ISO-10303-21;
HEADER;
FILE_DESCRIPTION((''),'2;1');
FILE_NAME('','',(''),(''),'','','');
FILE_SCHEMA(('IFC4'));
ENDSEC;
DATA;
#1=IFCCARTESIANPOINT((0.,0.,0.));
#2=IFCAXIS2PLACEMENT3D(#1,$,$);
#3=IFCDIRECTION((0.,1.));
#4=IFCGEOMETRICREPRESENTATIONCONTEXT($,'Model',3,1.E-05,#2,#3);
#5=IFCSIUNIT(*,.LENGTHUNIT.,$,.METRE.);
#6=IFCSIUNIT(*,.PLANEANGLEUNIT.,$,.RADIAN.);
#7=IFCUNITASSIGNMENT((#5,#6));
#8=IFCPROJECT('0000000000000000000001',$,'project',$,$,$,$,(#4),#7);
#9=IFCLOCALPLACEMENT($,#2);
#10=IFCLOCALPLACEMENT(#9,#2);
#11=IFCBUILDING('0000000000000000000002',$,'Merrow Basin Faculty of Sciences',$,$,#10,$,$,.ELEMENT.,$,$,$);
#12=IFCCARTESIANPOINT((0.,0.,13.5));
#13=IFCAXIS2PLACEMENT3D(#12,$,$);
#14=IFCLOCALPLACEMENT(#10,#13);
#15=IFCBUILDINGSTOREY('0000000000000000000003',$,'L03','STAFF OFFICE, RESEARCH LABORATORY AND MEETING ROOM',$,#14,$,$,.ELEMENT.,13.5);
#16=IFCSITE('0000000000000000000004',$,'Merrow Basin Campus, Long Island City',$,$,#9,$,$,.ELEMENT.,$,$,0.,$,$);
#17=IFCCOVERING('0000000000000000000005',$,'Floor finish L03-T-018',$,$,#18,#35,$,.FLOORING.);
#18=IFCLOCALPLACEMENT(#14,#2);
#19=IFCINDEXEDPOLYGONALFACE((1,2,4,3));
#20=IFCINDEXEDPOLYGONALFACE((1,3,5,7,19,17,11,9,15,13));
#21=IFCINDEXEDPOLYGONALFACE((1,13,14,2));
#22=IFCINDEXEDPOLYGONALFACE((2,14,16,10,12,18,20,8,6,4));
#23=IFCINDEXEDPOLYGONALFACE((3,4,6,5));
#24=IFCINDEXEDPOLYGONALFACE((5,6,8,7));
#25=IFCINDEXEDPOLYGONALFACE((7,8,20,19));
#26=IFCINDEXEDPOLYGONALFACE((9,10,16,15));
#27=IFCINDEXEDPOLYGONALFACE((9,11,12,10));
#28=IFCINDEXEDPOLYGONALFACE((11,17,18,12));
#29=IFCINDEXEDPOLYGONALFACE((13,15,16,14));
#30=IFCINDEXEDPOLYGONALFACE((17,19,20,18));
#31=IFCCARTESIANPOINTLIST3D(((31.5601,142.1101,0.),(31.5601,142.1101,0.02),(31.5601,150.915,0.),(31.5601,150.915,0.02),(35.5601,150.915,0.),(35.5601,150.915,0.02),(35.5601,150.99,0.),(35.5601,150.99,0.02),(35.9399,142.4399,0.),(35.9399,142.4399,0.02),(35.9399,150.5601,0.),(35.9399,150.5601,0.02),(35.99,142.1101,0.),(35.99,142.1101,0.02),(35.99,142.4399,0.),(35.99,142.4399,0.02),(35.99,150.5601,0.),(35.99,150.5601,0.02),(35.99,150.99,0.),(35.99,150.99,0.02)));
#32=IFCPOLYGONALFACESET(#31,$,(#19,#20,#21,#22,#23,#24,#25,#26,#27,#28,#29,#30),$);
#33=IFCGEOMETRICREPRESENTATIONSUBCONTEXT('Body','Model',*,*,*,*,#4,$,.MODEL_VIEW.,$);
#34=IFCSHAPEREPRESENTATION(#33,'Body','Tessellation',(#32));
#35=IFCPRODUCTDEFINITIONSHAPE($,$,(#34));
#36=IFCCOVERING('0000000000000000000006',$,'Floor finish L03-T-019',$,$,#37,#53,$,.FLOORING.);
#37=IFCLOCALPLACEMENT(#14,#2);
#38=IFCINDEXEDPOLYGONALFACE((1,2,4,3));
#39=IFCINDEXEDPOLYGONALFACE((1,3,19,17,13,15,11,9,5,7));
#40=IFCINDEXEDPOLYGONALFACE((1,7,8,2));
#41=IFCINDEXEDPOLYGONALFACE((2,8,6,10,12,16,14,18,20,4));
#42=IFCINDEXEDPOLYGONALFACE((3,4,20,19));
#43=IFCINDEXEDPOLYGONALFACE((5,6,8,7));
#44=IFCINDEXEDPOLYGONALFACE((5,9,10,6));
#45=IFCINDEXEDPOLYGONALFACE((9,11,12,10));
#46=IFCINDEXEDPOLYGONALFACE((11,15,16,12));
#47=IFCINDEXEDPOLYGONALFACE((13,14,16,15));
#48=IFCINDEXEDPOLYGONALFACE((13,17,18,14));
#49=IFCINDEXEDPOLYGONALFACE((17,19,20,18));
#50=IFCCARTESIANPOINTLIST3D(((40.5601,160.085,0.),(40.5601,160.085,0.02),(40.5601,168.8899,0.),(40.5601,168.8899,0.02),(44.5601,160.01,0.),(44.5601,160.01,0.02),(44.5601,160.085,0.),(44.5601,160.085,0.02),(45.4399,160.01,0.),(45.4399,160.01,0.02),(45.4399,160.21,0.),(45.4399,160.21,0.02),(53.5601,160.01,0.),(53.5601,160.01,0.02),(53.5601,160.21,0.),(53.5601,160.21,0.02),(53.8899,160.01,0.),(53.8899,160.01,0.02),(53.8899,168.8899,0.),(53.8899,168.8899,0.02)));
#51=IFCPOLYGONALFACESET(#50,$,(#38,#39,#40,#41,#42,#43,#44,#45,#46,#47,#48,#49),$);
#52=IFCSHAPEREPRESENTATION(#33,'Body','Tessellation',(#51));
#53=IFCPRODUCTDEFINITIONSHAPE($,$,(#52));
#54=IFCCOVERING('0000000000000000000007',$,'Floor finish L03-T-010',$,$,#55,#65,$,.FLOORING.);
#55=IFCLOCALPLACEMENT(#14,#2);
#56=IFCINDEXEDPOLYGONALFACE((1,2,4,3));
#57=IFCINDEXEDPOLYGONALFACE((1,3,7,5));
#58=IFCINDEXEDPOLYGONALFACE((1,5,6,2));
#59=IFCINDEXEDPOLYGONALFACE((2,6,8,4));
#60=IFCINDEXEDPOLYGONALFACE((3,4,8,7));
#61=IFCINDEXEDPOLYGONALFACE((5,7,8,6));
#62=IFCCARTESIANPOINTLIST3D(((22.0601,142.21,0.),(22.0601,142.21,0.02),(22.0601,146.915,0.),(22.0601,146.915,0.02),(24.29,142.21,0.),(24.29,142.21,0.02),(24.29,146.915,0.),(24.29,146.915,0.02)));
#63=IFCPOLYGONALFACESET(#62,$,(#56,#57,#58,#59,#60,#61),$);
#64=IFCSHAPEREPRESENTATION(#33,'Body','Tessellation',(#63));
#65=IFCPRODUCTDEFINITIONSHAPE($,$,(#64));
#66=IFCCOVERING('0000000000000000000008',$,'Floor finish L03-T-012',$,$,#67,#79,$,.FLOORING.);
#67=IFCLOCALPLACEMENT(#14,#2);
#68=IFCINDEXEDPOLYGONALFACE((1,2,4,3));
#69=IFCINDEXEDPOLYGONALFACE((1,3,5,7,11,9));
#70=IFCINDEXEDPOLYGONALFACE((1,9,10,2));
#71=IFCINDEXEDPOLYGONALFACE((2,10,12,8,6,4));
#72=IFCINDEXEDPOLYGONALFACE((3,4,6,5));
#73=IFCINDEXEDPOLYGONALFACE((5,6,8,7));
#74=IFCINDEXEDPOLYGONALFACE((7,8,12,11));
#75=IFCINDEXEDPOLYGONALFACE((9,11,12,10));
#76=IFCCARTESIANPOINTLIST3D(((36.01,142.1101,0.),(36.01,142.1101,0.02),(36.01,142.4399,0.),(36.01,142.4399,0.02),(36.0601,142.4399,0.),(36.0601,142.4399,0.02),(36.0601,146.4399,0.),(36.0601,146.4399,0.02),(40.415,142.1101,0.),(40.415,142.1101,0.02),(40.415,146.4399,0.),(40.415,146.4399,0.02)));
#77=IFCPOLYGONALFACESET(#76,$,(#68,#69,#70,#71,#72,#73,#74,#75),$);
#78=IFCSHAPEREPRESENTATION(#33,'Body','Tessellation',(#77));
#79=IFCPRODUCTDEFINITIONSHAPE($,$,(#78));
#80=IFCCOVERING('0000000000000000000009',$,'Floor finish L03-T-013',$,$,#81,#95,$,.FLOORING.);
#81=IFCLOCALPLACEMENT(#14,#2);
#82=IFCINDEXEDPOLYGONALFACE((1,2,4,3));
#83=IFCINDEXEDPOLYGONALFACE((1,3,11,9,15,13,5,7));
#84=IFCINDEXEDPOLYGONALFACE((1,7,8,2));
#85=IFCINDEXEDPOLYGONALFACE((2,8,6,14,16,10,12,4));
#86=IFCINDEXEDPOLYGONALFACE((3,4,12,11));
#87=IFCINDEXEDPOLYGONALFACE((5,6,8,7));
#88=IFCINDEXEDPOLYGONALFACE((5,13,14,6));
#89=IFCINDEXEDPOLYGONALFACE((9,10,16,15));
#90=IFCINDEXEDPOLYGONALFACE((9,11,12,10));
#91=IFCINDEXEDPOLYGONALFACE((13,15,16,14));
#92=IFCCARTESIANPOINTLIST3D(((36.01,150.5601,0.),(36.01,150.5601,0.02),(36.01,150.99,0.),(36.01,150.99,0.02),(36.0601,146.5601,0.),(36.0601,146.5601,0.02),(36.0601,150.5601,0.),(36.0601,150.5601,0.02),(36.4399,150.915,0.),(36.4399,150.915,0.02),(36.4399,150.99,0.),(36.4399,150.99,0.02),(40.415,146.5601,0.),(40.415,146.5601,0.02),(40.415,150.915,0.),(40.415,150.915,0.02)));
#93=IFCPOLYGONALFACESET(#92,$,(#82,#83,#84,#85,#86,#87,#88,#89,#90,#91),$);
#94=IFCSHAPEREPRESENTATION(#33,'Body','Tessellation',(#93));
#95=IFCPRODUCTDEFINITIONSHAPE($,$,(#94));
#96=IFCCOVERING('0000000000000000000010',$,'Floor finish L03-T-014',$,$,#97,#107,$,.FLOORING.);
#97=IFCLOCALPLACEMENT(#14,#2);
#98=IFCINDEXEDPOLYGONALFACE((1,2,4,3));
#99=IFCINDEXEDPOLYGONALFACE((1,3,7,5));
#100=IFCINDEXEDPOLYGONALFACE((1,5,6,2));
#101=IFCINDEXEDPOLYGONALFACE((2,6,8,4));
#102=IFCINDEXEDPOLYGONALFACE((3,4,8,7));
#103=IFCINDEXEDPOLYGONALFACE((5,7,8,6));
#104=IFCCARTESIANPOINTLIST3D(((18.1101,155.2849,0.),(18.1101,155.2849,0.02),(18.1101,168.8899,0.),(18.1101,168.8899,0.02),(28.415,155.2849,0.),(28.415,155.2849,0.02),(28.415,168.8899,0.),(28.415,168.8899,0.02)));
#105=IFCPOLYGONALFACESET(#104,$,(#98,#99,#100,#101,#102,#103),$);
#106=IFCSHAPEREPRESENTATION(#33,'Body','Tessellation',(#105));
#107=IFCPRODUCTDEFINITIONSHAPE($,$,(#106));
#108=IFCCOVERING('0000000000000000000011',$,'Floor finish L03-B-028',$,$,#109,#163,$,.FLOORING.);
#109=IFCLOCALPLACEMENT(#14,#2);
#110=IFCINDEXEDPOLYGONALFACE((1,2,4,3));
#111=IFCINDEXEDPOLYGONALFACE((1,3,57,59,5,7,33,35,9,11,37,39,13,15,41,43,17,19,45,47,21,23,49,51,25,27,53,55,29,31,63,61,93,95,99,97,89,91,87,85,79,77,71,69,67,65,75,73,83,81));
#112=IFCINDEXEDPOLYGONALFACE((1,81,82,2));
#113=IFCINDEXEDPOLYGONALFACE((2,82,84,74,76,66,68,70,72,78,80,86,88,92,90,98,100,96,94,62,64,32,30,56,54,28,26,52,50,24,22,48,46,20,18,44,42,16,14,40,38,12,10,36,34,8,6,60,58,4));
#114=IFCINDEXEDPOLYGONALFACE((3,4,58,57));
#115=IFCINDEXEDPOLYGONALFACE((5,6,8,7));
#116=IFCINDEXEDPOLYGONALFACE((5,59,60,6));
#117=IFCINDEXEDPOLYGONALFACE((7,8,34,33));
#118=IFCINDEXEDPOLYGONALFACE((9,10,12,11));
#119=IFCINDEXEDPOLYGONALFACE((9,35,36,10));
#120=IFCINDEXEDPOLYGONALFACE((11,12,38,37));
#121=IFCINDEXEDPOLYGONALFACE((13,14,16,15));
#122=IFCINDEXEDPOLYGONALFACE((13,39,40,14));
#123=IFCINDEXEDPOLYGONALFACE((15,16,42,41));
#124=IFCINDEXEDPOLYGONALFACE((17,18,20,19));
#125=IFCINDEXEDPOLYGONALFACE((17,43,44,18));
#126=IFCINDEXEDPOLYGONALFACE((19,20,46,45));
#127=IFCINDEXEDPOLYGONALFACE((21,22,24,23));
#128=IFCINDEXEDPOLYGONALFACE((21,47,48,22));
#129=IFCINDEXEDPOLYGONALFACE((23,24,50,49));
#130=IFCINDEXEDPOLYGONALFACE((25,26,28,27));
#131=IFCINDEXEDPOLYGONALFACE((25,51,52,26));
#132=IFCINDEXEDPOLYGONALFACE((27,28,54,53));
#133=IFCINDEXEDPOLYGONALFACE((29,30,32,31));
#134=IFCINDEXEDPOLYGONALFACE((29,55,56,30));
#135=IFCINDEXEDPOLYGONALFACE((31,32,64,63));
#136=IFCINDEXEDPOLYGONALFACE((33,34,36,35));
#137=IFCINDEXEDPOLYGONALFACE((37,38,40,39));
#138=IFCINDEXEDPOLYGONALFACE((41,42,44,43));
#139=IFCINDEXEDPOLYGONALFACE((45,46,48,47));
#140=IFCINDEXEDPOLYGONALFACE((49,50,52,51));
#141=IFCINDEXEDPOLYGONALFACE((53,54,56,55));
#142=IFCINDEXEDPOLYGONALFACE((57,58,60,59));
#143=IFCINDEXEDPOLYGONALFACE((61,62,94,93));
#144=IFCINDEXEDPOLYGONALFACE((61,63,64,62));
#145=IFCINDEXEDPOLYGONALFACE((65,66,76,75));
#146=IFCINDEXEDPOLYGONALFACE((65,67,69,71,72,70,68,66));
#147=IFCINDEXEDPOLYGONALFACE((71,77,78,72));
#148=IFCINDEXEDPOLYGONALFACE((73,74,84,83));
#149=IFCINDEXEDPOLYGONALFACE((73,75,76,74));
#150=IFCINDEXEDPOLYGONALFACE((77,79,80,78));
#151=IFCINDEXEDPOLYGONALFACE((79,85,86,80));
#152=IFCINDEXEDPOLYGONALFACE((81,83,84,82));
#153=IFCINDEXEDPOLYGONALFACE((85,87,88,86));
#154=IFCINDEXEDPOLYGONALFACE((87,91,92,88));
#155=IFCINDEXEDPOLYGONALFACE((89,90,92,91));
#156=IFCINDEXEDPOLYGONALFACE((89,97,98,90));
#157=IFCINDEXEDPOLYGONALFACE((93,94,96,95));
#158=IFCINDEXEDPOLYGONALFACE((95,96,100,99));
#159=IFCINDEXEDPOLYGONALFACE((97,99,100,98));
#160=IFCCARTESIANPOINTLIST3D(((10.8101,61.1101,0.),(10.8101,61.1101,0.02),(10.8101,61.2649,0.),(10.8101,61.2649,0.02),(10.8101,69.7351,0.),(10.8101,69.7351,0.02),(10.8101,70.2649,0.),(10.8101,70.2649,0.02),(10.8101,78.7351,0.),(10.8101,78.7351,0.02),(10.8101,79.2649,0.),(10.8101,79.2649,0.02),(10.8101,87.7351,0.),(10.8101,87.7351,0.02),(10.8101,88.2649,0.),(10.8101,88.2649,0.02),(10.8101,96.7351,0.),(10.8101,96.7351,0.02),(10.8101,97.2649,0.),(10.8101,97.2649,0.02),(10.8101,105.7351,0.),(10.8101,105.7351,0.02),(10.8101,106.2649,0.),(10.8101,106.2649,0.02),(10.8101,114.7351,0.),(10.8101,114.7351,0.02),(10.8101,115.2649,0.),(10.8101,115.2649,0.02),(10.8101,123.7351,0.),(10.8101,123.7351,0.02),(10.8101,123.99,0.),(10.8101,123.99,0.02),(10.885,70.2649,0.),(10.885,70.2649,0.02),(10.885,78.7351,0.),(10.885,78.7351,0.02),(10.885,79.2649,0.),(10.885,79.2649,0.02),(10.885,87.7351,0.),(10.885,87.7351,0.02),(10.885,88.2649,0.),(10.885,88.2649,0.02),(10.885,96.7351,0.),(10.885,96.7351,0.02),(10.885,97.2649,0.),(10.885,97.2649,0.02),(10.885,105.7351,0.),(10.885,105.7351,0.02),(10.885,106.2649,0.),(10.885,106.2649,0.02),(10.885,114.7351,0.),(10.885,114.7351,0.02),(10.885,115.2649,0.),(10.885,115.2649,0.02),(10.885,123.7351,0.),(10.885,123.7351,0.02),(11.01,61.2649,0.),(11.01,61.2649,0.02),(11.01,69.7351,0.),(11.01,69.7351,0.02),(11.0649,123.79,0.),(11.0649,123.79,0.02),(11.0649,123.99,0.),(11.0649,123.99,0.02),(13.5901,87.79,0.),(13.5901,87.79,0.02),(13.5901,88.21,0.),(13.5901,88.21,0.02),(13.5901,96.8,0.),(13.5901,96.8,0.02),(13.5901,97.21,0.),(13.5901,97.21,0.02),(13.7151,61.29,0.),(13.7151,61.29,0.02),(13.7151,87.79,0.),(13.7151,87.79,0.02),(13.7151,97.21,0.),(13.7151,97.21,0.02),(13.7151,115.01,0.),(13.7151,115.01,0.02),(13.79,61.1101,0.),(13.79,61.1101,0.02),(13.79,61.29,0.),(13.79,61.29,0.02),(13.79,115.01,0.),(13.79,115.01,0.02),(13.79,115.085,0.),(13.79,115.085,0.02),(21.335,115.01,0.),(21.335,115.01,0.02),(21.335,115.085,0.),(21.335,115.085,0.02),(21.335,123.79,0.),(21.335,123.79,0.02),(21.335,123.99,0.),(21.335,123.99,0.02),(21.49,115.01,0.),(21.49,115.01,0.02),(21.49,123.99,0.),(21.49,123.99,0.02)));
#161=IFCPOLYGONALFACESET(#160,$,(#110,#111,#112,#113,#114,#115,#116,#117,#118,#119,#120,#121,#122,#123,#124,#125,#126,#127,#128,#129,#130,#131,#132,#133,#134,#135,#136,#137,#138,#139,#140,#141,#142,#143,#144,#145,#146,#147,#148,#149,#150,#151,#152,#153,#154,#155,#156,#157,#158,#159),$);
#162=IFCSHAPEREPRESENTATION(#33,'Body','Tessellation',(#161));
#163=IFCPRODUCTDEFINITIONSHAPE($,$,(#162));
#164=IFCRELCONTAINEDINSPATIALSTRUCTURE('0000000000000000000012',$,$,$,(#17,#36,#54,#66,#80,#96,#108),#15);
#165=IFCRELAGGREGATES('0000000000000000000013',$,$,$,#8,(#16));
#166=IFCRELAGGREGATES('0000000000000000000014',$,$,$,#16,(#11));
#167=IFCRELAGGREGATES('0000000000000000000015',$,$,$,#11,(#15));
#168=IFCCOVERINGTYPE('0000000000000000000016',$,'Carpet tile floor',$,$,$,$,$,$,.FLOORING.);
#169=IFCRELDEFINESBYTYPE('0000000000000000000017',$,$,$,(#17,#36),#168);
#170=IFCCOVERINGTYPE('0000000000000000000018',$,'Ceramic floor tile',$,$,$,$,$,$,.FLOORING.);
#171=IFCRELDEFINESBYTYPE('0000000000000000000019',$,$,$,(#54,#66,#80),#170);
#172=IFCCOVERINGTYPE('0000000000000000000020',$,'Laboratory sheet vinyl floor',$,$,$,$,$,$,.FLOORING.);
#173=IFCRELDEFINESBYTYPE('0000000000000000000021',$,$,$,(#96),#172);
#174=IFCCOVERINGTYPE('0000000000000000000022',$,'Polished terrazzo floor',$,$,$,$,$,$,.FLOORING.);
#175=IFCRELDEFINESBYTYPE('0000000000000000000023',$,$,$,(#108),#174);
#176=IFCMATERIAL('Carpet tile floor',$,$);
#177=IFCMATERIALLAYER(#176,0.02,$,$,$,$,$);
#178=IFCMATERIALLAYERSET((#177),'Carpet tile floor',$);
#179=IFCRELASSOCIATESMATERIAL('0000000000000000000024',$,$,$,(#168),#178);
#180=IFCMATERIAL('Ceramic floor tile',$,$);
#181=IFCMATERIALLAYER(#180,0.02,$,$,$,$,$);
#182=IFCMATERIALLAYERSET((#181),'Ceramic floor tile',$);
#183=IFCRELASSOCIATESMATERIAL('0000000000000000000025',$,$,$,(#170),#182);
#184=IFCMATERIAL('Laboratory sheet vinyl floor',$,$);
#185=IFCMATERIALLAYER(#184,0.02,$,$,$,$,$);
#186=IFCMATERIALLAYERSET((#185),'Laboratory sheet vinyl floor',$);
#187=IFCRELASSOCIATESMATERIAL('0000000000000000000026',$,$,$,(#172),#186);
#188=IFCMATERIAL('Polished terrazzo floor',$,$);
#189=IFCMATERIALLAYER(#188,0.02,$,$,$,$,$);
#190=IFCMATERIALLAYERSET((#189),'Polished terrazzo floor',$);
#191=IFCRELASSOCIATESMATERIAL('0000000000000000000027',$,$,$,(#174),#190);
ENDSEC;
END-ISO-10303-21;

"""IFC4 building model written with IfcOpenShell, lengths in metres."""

from ifc_helpers import new_model, si_unit, direction, frame, origin, place, context, subcontext, project, spatial, polyline, outline, extrude, material, layer, layer_set, type_object, element, save


model = new_model("IFC4")

# Units and contexts
model_context = context("Model", 3, precision=1e-05, world=origin(), true_north=direction((0.0, 1.0)))
body_context = subcontext(model_context, "Body", "Model", "MODEL_VIEW")
ifc_project = project(units=[si_unit("LENGTHUNIT", "METRE"), si_unit("PLANEANGLEUNIT", "RADIAN")], contexts=[model_context])

# Site, building, storey
site_placement = place(None, origin())
site = spatial("IfcSite", under=ifc_project, at=site_placement, Name="Merrow Basin Campus, Long Island City", CompositionType="ELEMENT", RefElevation=0.0)
building_placement = place(site_placement, origin())
building = spatial("IfcBuilding", under=site, at=building_placement, Name="Merrow Basin Faculty of Sciences", CompositionType="ELEMENT")
storey_placement = place(building_placement, frame((0.0, 0.0, 13.5)))
storey = spatial("IfcBuildingStorey", under=building, at=storey_placement, Name="L03", Description="STAFF OFFICE, RESEARCH LABORATORY AND MEETING ROOM", CompositionType="ELEMENT", Elevation=13.5)

# Coverings
ifc_material_1 = material(Name="Carpet tile floor")
ifc_layer_1 = layer(ifc_material_1, 0.02)
ifc_layer_set_1 = layer_set([ifc_layer_1], Name="Carpet tile floor")
covering_type_1 = type_object("IfcCoveringType", Name="Carpet tile floor", PredefinedType="FLOORING", material=ifc_layer_set_1)
covering_1_placement = place(storey_placement, origin())
element("IfcCovering", 1, at=covering_1_placement, inside=storey, type_object=covering_type_1, Name="Floor finish L03-T-018", PredefinedType="FLOORING", context=body_context, shape_type="SweptSolid", body=[
    extrude(outline(polyline([(35.99, 150.99), (35.99, 150.5601), (35.9399, 150.5601), (35.9399, 142.4399), (35.99, 142.4399), (35.99, 142.1101), (31.5601, 142.1101), (31.5601, 150.915), (35.5601, 150.915), (35.5601, 150.99), (35.99, 150.99)])), origin(), (0.0, 0.0, 1.0), 0.02),
])
covering_2_placement = place(storey_placement, origin())
element("IfcCovering", 2, at=covering_2_placement, inside=storey, type_object=covering_type_1, Name="Floor finish L03-T-019", PredefinedType="FLOORING", context=body_context, shape_type="SweptSolid", body=[
    extrude(outline(polyline([(53.8899, 168.8899), (53.8899, 160.01), (53.5601, 160.01), (53.5601, 160.21), (45.4399, 160.21), (45.4399, 160.01), (44.5601, 160.01), (44.5601, 160.085), (40.5601, 160.085), (40.5601, 168.8899), (53.8899, 168.8899)])), origin(), (0.0, 0.0, 1.0), 0.02),
])
ifc_material_2 = material(Name="Ceramic floor tile")
ifc_layer_2 = layer(ifc_material_2, 0.02)
ifc_layer_set_2 = layer_set([ifc_layer_2], Name="Ceramic floor tile")
covering_type_2 = type_object("IfcCoveringType", Name="Ceramic floor tile", PredefinedType="FLOORING", material=ifc_layer_set_2)
covering_3_placement = place(storey_placement, origin())
element("IfcCovering", 3, at=covering_3_placement, inside=storey, type_object=covering_type_2, Name="Floor finish L03-T-010", PredefinedType="FLOORING", context=body_context, shape_type="SweptSolid", body=[
    extrude(outline(polyline([(24.29, 146.915), (24.29, 142.21), (22.0601, 142.21), (22.0601, 146.915), (24.29, 146.915)])), origin(), (0.0, 0.0, 1.0), 0.02),
])
covering_4_placement = place(storey_placement, origin())
element("IfcCovering", 4, at=covering_4_placement, inside=storey, type_object=covering_type_2, Name="Floor finish L03-T-012", PredefinedType="FLOORING", context=body_context, shape_type="SweptSolid", body=[
    extrude(outline(polyline([(36.01, 142.1101), (36.01, 142.4399), (36.0601, 142.4399), (36.0601, 146.4399), (40.415, 146.4399), (40.415, 142.1101), (36.01, 142.1101)])), origin(), (0.0, 0.0, 1.0), 0.02),
])
covering_5_placement = place(storey_placement, origin())
element("IfcCovering", 5, at=covering_5_placement, inside=storey, type_object=covering_type_2, Name="Floor finish L03-T-013", PredefinedType="FLOORING", context=body_context, shape_type="SweptSolid", body=[
    extrude(outline(polyline([(36.01, 150.99), (36.4399, 150.99), (36.4399, 150.915), (40.415, 150.915), (40.415, 146.5601), (36.0601, 146.5601), (36.0601, 150.5601), (36.01, 150.5601), (36.01, 150.99)])), origin(), (0.0, 0.0, 1.0), 0.02),
])
ifc_material_3 = material(Name="Laboratory sheet vinyl floor")
ifc_layer_3 = layer(ifc_material_3, 0.02)
ifc_layer_set_3 = layer_set([ifc_layer_3], Name="Laboratory sheet vinyl floor")
covering_type_3 = type_object("IfcCoveringType", Name="Laboratory sheet vinyl floor", PredefinedType="FLOORING", material=ifc_layer_set_3)
covering_6_placement = place(storey_placement, origin())
element("IfcCovering", 6, at=covering_6_placement, inside=storey, type_object=covering_type_3, Name="Floor finish L03-T-014", PredefinedType="FLOORING", context=body_context, shape_type="SweptSolid", body=[
    extrude(outline(polyline([(18.1101, 168.8899), (28.415, 168.8899), (28.415, 155.2849), (18.1101, 155.2849), (18.1101, 168.8899)])), origin(), (0.0, 0.0, 1.0), 0.02),
])
ifc_material_4 = material(Name="Polished terrazzo floor")
ifc_layer_4 = layer(ifc_material_4, 0.02)
ifc_layer_set_4 = layer_set([ifc_layer_4], Name="Polished terrazzo floor")
covering_type_4 = type_object("IfcCoveringType", Name="Polished terrazzo floor", PredefinedType="FLOORING", material=ifc_layer_set_4)
covering_7_placement = place(storey_placement, origin())
element("IfcCovering", 7, at=covering_7_placement, inside=storey, type_object=covering_type_4, Name="Floor finish L03-B-028", PredefinedType="FLOORING", context=body_context, shape_type="SweptSolid", body=[
    extrude(outline(polyline([(11.0649, 123.99), (11.0649, 123.79), (21.335, 123.79), (21.335, 123.99), (21.49, 123.99), (21.49, 115.01), (21.335, 115.01), (21.335, 115.085), (13.79, 115.085), (13.79, 115.01), (13.7151, 115.01), (13.7151, 97.21), (13.5901, 97.21), (13.5901, 96.8), (13.5901, 88.21), (13.5901, 87.79), (13.7151, 87.79), (13.7151, 61.29), (13.79, 61.29), (13.79, 61.1101), (10.8101, 61.1101), (10.8101, 61.2649), (11.01, 61.2649), (11.01, 69.7351), (10.8101, 69.7351), (10.8101, 70.2649), (10.885, 70.2649), (10.885, 78.7351), (10.8101, 78.7351), (10.8101, 79.2649), (10.885, 79.2649), (10.885, 87.7351), (10.8101, 87.7351), (10.8101, 88.2649), (10.885, 88.2649), (10.885, 96.7351), (10.8101, 96.7351), (10.8101, 97.2649), (10.885, 97.2649), (10.885, 105.7351), (10.8101, 105.7351), (10.8101, 106.2649), (10.885, 106.2649), (10.885, 114.7351), (10.8101, 114.7351), (10.8101, 115.2649), (10.885, 115.2649), (10.885, 123.7351), (10.8101, 123.7351), (10.8101, 123.99), (11.0649, 123.99)])), origin(), (0.0, 0.0, 1.0), 0.02),
])

save(model, "model.ifc")
